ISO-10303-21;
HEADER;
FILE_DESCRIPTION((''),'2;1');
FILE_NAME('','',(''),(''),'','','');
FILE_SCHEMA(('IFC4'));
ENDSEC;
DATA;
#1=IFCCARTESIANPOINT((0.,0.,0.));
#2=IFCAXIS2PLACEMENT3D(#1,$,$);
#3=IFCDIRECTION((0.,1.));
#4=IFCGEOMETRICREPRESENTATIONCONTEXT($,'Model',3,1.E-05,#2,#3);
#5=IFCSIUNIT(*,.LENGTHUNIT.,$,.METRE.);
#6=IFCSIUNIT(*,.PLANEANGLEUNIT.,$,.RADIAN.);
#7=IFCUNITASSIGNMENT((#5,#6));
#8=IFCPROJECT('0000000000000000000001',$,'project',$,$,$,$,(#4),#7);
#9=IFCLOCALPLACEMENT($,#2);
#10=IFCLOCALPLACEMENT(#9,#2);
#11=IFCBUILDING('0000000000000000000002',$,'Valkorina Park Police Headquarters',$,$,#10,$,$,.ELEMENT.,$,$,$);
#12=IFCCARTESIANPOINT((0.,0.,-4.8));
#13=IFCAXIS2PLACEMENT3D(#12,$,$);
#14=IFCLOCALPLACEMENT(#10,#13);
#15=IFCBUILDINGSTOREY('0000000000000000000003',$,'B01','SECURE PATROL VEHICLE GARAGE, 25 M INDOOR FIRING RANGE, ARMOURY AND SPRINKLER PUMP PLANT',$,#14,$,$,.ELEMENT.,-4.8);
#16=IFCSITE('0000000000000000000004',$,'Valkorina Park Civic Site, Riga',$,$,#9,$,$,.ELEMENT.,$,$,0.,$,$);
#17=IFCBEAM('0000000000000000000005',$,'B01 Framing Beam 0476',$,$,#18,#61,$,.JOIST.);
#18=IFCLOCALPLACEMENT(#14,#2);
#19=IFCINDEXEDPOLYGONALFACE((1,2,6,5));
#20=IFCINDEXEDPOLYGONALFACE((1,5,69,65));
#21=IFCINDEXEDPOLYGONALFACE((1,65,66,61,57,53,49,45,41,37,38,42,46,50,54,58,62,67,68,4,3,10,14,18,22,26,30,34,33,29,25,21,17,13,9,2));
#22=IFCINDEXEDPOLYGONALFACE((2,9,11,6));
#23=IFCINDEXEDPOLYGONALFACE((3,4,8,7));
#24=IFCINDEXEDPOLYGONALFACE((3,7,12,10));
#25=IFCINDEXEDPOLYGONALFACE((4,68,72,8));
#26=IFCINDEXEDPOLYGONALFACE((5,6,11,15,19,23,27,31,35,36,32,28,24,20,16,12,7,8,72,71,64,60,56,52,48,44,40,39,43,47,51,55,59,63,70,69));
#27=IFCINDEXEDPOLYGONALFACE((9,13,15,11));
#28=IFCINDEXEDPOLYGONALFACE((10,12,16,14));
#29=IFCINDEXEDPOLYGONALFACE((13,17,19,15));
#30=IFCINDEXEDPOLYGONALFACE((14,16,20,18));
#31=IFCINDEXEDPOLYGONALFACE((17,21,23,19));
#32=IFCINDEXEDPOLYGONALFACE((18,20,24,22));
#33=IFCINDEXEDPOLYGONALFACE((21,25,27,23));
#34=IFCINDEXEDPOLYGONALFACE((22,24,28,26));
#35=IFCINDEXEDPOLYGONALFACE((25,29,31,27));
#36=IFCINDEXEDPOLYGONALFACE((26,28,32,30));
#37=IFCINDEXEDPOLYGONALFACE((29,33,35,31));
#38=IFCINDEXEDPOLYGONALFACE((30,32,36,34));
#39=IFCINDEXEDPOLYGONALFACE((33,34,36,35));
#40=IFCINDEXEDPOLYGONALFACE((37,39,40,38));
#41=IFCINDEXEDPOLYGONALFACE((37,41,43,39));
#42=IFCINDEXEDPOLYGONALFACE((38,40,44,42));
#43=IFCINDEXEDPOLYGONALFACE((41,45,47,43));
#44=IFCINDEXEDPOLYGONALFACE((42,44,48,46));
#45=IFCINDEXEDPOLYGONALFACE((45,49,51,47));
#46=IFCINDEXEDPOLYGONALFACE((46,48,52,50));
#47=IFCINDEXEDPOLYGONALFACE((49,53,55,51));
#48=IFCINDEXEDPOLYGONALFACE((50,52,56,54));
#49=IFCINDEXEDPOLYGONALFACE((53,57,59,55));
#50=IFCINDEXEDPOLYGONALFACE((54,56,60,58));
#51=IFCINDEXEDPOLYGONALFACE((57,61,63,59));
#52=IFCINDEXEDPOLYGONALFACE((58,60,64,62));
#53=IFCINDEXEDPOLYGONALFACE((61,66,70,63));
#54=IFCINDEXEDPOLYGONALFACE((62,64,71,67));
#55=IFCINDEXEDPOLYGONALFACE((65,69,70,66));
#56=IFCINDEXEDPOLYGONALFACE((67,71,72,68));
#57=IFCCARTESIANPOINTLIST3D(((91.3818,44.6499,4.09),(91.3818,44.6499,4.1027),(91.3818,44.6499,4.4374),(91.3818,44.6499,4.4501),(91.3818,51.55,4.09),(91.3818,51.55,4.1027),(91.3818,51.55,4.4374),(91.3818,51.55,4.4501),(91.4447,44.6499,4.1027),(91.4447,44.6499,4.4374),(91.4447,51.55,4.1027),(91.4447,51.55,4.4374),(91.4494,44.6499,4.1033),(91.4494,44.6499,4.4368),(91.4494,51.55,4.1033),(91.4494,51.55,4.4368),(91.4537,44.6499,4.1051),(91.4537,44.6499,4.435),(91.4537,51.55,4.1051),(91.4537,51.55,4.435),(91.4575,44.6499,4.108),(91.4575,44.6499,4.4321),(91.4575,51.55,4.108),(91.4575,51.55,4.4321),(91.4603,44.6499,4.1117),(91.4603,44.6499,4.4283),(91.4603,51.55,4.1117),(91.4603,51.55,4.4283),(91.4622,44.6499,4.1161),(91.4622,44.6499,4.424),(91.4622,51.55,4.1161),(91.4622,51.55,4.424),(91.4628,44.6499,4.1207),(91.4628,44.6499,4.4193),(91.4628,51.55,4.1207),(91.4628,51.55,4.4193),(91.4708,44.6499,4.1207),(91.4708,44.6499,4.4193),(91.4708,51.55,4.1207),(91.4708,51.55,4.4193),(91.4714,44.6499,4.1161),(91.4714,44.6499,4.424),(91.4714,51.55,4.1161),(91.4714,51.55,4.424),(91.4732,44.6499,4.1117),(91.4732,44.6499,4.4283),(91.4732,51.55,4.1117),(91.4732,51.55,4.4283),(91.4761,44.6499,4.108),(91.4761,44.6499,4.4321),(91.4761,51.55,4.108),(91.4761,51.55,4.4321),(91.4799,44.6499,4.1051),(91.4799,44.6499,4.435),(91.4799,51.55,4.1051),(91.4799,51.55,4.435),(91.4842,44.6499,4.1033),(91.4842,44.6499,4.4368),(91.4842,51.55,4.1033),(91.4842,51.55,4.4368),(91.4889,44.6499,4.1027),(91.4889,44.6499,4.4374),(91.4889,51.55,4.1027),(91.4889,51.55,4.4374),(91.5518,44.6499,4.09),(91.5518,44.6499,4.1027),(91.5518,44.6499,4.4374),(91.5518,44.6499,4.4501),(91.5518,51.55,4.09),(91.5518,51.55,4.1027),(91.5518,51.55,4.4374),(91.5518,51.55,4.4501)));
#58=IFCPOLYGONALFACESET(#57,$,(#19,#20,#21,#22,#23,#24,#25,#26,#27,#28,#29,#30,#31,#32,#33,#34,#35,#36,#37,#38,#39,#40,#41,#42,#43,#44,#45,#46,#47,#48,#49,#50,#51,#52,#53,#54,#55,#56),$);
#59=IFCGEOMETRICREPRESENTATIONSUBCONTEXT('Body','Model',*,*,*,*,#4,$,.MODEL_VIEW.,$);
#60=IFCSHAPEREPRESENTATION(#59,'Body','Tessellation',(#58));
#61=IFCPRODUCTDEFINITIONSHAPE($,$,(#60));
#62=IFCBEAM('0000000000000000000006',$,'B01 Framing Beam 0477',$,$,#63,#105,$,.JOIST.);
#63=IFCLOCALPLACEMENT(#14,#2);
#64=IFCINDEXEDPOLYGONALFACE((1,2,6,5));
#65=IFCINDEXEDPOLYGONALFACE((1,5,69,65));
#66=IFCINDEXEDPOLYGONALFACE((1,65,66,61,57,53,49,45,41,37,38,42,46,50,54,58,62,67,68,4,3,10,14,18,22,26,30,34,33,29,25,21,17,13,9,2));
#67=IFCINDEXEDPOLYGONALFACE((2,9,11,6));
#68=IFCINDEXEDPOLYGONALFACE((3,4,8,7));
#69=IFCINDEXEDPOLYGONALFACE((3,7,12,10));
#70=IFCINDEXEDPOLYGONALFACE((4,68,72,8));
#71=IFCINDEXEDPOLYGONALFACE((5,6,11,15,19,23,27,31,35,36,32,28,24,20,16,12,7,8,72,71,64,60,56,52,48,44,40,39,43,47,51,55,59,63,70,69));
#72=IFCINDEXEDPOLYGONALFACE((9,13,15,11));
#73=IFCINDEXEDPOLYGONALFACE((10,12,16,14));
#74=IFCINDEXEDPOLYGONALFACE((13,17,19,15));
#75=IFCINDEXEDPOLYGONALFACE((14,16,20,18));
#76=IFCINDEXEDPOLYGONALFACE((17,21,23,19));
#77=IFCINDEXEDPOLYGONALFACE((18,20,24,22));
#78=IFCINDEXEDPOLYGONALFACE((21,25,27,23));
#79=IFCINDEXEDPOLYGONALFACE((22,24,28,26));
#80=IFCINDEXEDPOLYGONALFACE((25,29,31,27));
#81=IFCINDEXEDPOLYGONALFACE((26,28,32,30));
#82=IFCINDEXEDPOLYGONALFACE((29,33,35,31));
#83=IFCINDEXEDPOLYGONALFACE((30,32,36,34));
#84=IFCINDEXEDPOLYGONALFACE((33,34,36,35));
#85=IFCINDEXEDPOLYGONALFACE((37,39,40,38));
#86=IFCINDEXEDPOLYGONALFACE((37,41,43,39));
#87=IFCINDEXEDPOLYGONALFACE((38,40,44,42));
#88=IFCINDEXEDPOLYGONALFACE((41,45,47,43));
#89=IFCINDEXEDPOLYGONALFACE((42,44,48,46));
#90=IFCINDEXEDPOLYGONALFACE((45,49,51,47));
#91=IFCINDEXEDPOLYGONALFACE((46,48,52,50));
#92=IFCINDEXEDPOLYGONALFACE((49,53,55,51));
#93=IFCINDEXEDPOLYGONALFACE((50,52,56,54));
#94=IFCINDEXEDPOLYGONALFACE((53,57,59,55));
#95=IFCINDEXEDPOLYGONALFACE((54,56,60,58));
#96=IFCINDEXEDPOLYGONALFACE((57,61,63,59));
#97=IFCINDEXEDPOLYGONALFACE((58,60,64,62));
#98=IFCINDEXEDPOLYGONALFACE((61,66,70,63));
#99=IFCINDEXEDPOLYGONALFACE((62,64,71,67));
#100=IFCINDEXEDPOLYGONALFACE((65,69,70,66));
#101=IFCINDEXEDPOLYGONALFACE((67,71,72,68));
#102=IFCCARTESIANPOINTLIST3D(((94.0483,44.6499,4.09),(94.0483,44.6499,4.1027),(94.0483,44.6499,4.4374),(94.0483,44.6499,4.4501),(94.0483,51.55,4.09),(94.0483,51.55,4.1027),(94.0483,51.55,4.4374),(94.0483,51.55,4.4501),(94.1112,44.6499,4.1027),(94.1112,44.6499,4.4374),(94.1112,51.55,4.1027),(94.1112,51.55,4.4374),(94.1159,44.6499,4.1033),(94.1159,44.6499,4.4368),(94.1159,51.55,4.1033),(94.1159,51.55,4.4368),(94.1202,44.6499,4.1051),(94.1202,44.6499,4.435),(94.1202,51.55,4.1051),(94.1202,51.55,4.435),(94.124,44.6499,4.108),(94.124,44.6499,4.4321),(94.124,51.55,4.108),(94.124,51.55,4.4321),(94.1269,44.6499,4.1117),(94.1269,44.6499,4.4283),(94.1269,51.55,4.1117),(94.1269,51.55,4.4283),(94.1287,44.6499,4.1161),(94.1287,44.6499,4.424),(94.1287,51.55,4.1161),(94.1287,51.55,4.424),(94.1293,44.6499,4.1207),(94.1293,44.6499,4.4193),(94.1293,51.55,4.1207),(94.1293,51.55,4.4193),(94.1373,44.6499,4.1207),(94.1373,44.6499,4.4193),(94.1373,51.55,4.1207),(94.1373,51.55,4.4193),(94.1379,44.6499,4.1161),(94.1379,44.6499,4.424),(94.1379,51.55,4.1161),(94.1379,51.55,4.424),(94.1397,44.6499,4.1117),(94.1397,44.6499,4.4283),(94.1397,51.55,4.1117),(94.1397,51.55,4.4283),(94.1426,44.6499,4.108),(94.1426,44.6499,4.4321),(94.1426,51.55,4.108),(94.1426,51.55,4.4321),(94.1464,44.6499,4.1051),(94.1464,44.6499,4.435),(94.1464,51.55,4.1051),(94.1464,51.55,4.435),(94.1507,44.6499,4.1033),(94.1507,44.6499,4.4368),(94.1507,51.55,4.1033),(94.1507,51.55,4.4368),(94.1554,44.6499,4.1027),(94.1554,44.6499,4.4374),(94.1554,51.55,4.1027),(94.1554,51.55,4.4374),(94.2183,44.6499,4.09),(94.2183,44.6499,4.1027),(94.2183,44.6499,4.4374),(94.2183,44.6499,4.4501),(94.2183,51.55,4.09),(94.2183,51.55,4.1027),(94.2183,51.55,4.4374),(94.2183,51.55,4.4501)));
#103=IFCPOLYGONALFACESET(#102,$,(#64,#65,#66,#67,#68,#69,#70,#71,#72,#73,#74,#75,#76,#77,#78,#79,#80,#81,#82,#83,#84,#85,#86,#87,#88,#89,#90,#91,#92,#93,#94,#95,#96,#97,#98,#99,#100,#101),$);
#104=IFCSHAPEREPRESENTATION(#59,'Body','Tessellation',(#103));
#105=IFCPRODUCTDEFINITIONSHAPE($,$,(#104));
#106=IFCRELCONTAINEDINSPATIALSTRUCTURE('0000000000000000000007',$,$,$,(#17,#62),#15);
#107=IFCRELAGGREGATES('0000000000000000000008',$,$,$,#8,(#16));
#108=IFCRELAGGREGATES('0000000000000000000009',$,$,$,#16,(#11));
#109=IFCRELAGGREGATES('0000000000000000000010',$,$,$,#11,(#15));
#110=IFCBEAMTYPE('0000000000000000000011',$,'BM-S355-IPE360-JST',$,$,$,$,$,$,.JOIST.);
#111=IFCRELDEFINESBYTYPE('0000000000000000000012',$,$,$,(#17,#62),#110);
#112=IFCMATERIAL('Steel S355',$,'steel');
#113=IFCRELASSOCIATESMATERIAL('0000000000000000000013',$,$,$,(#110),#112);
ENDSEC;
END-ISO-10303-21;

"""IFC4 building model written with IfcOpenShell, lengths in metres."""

from ifc_helpers import new_model, si_unit, direction, frame, origin, origin_2d, place, context, subcontext, project, spatial, i_section, extrude, material, material_profile, profile_set, type_object, element, save


model = new_model("IFC4")

# Units and contexts
model_context = context("Model", 3, precision=1e-05, world=origin(), true_north=direction((0.0, 1.0)))
body_context = subcontext(model_context, "Body", "Model", "MODEL_VIEW")
ifc_project = project(units=[si_unit("LENGTHUNIT", "METRE"), si_unit("PLANEANGLEUNIT", "RADIAN")], contexts=[model_context])

# Site, building, storey
site_placement = place(None, origin())
site = spatial("IfcSite", under=ifc_project, at=site_placement, Name="Valkorina Park Civic Site, Riga", CompositionType="ELEMENT", RefElevation=0.0)
building_placement = place(site_placement, origin())
building = spatial("IfcBuilding", under=site, at=building_placement, Name="Valkorina Park Police Headquarters", CompositionType="ELEMENT")
storey_placement = place(building_placement, frame((0.0, 0.0, -4.8)))
storey = spatial("IfcBuildingStorey", under=building, at=storey_placement, Name="B01", Description="SECURE PATROL VEHICLE GARAGE, 25 M INDOOR FIRING RANGE, ARMOURY AND SPRINKLER PUMP PLANT", CompositionType="ELEMENT", Elevation=-4.8)

# Beams
ifc_material_1 = material(Name="Steel S355", Category="steel")
ifc_material_profile_1 = material_profile(ifc_material_1, i_section(OverallWidth=0.1699, OverallDepth=0.3601, WebThickness=0.0081, FlangeThickness=0.0127, FilletRadius=0.0181, at=origin_2d()), Name="IPE 360")
ifc_profile_set_1 = profile_set([ifc_material_profile_1], Name="Steel S355")
beam_type_1 = type_object("IfcBeamType", Name="BM-S355-IPE360-JST", PredefinedType="JOIST", material=ifc_profile_set_1)
for number, where, z_axis, x_axis, name in (
    (1, (91.4668, 44.6499, 4.27), (0.0, 1.0, 0.0), (-1.0, 0.0, 0.0), "B01 Framing Beam 0476"),
    (2, (94.1333, 44.6499, 4.27), (0.0, 1.0, 0.0), (-1.0, 0.0, 0.0), "B01 Framing Beam 0477"),
):
    element("IfcBeam", number, at=place(storey_placement, frame(where, z_axis=z_axis, x_axis=x_axis)), inside=storey, type_object=beam_type_1, Name=name, PredefinedType="JOIST", context=body_context, shape_type="SweptSolid", body=[
        extrude(i_section(OverallWidth=0.1699, OverallDepth=0.3601, WebThickness=0.0081, FlangeThickness=0.0127, FilletRadius=0.0181, at=origin_2d()), origin(), (0.0, 0.0, 1.0), 6.9001),
    ])

save(model, "model.ifc")
